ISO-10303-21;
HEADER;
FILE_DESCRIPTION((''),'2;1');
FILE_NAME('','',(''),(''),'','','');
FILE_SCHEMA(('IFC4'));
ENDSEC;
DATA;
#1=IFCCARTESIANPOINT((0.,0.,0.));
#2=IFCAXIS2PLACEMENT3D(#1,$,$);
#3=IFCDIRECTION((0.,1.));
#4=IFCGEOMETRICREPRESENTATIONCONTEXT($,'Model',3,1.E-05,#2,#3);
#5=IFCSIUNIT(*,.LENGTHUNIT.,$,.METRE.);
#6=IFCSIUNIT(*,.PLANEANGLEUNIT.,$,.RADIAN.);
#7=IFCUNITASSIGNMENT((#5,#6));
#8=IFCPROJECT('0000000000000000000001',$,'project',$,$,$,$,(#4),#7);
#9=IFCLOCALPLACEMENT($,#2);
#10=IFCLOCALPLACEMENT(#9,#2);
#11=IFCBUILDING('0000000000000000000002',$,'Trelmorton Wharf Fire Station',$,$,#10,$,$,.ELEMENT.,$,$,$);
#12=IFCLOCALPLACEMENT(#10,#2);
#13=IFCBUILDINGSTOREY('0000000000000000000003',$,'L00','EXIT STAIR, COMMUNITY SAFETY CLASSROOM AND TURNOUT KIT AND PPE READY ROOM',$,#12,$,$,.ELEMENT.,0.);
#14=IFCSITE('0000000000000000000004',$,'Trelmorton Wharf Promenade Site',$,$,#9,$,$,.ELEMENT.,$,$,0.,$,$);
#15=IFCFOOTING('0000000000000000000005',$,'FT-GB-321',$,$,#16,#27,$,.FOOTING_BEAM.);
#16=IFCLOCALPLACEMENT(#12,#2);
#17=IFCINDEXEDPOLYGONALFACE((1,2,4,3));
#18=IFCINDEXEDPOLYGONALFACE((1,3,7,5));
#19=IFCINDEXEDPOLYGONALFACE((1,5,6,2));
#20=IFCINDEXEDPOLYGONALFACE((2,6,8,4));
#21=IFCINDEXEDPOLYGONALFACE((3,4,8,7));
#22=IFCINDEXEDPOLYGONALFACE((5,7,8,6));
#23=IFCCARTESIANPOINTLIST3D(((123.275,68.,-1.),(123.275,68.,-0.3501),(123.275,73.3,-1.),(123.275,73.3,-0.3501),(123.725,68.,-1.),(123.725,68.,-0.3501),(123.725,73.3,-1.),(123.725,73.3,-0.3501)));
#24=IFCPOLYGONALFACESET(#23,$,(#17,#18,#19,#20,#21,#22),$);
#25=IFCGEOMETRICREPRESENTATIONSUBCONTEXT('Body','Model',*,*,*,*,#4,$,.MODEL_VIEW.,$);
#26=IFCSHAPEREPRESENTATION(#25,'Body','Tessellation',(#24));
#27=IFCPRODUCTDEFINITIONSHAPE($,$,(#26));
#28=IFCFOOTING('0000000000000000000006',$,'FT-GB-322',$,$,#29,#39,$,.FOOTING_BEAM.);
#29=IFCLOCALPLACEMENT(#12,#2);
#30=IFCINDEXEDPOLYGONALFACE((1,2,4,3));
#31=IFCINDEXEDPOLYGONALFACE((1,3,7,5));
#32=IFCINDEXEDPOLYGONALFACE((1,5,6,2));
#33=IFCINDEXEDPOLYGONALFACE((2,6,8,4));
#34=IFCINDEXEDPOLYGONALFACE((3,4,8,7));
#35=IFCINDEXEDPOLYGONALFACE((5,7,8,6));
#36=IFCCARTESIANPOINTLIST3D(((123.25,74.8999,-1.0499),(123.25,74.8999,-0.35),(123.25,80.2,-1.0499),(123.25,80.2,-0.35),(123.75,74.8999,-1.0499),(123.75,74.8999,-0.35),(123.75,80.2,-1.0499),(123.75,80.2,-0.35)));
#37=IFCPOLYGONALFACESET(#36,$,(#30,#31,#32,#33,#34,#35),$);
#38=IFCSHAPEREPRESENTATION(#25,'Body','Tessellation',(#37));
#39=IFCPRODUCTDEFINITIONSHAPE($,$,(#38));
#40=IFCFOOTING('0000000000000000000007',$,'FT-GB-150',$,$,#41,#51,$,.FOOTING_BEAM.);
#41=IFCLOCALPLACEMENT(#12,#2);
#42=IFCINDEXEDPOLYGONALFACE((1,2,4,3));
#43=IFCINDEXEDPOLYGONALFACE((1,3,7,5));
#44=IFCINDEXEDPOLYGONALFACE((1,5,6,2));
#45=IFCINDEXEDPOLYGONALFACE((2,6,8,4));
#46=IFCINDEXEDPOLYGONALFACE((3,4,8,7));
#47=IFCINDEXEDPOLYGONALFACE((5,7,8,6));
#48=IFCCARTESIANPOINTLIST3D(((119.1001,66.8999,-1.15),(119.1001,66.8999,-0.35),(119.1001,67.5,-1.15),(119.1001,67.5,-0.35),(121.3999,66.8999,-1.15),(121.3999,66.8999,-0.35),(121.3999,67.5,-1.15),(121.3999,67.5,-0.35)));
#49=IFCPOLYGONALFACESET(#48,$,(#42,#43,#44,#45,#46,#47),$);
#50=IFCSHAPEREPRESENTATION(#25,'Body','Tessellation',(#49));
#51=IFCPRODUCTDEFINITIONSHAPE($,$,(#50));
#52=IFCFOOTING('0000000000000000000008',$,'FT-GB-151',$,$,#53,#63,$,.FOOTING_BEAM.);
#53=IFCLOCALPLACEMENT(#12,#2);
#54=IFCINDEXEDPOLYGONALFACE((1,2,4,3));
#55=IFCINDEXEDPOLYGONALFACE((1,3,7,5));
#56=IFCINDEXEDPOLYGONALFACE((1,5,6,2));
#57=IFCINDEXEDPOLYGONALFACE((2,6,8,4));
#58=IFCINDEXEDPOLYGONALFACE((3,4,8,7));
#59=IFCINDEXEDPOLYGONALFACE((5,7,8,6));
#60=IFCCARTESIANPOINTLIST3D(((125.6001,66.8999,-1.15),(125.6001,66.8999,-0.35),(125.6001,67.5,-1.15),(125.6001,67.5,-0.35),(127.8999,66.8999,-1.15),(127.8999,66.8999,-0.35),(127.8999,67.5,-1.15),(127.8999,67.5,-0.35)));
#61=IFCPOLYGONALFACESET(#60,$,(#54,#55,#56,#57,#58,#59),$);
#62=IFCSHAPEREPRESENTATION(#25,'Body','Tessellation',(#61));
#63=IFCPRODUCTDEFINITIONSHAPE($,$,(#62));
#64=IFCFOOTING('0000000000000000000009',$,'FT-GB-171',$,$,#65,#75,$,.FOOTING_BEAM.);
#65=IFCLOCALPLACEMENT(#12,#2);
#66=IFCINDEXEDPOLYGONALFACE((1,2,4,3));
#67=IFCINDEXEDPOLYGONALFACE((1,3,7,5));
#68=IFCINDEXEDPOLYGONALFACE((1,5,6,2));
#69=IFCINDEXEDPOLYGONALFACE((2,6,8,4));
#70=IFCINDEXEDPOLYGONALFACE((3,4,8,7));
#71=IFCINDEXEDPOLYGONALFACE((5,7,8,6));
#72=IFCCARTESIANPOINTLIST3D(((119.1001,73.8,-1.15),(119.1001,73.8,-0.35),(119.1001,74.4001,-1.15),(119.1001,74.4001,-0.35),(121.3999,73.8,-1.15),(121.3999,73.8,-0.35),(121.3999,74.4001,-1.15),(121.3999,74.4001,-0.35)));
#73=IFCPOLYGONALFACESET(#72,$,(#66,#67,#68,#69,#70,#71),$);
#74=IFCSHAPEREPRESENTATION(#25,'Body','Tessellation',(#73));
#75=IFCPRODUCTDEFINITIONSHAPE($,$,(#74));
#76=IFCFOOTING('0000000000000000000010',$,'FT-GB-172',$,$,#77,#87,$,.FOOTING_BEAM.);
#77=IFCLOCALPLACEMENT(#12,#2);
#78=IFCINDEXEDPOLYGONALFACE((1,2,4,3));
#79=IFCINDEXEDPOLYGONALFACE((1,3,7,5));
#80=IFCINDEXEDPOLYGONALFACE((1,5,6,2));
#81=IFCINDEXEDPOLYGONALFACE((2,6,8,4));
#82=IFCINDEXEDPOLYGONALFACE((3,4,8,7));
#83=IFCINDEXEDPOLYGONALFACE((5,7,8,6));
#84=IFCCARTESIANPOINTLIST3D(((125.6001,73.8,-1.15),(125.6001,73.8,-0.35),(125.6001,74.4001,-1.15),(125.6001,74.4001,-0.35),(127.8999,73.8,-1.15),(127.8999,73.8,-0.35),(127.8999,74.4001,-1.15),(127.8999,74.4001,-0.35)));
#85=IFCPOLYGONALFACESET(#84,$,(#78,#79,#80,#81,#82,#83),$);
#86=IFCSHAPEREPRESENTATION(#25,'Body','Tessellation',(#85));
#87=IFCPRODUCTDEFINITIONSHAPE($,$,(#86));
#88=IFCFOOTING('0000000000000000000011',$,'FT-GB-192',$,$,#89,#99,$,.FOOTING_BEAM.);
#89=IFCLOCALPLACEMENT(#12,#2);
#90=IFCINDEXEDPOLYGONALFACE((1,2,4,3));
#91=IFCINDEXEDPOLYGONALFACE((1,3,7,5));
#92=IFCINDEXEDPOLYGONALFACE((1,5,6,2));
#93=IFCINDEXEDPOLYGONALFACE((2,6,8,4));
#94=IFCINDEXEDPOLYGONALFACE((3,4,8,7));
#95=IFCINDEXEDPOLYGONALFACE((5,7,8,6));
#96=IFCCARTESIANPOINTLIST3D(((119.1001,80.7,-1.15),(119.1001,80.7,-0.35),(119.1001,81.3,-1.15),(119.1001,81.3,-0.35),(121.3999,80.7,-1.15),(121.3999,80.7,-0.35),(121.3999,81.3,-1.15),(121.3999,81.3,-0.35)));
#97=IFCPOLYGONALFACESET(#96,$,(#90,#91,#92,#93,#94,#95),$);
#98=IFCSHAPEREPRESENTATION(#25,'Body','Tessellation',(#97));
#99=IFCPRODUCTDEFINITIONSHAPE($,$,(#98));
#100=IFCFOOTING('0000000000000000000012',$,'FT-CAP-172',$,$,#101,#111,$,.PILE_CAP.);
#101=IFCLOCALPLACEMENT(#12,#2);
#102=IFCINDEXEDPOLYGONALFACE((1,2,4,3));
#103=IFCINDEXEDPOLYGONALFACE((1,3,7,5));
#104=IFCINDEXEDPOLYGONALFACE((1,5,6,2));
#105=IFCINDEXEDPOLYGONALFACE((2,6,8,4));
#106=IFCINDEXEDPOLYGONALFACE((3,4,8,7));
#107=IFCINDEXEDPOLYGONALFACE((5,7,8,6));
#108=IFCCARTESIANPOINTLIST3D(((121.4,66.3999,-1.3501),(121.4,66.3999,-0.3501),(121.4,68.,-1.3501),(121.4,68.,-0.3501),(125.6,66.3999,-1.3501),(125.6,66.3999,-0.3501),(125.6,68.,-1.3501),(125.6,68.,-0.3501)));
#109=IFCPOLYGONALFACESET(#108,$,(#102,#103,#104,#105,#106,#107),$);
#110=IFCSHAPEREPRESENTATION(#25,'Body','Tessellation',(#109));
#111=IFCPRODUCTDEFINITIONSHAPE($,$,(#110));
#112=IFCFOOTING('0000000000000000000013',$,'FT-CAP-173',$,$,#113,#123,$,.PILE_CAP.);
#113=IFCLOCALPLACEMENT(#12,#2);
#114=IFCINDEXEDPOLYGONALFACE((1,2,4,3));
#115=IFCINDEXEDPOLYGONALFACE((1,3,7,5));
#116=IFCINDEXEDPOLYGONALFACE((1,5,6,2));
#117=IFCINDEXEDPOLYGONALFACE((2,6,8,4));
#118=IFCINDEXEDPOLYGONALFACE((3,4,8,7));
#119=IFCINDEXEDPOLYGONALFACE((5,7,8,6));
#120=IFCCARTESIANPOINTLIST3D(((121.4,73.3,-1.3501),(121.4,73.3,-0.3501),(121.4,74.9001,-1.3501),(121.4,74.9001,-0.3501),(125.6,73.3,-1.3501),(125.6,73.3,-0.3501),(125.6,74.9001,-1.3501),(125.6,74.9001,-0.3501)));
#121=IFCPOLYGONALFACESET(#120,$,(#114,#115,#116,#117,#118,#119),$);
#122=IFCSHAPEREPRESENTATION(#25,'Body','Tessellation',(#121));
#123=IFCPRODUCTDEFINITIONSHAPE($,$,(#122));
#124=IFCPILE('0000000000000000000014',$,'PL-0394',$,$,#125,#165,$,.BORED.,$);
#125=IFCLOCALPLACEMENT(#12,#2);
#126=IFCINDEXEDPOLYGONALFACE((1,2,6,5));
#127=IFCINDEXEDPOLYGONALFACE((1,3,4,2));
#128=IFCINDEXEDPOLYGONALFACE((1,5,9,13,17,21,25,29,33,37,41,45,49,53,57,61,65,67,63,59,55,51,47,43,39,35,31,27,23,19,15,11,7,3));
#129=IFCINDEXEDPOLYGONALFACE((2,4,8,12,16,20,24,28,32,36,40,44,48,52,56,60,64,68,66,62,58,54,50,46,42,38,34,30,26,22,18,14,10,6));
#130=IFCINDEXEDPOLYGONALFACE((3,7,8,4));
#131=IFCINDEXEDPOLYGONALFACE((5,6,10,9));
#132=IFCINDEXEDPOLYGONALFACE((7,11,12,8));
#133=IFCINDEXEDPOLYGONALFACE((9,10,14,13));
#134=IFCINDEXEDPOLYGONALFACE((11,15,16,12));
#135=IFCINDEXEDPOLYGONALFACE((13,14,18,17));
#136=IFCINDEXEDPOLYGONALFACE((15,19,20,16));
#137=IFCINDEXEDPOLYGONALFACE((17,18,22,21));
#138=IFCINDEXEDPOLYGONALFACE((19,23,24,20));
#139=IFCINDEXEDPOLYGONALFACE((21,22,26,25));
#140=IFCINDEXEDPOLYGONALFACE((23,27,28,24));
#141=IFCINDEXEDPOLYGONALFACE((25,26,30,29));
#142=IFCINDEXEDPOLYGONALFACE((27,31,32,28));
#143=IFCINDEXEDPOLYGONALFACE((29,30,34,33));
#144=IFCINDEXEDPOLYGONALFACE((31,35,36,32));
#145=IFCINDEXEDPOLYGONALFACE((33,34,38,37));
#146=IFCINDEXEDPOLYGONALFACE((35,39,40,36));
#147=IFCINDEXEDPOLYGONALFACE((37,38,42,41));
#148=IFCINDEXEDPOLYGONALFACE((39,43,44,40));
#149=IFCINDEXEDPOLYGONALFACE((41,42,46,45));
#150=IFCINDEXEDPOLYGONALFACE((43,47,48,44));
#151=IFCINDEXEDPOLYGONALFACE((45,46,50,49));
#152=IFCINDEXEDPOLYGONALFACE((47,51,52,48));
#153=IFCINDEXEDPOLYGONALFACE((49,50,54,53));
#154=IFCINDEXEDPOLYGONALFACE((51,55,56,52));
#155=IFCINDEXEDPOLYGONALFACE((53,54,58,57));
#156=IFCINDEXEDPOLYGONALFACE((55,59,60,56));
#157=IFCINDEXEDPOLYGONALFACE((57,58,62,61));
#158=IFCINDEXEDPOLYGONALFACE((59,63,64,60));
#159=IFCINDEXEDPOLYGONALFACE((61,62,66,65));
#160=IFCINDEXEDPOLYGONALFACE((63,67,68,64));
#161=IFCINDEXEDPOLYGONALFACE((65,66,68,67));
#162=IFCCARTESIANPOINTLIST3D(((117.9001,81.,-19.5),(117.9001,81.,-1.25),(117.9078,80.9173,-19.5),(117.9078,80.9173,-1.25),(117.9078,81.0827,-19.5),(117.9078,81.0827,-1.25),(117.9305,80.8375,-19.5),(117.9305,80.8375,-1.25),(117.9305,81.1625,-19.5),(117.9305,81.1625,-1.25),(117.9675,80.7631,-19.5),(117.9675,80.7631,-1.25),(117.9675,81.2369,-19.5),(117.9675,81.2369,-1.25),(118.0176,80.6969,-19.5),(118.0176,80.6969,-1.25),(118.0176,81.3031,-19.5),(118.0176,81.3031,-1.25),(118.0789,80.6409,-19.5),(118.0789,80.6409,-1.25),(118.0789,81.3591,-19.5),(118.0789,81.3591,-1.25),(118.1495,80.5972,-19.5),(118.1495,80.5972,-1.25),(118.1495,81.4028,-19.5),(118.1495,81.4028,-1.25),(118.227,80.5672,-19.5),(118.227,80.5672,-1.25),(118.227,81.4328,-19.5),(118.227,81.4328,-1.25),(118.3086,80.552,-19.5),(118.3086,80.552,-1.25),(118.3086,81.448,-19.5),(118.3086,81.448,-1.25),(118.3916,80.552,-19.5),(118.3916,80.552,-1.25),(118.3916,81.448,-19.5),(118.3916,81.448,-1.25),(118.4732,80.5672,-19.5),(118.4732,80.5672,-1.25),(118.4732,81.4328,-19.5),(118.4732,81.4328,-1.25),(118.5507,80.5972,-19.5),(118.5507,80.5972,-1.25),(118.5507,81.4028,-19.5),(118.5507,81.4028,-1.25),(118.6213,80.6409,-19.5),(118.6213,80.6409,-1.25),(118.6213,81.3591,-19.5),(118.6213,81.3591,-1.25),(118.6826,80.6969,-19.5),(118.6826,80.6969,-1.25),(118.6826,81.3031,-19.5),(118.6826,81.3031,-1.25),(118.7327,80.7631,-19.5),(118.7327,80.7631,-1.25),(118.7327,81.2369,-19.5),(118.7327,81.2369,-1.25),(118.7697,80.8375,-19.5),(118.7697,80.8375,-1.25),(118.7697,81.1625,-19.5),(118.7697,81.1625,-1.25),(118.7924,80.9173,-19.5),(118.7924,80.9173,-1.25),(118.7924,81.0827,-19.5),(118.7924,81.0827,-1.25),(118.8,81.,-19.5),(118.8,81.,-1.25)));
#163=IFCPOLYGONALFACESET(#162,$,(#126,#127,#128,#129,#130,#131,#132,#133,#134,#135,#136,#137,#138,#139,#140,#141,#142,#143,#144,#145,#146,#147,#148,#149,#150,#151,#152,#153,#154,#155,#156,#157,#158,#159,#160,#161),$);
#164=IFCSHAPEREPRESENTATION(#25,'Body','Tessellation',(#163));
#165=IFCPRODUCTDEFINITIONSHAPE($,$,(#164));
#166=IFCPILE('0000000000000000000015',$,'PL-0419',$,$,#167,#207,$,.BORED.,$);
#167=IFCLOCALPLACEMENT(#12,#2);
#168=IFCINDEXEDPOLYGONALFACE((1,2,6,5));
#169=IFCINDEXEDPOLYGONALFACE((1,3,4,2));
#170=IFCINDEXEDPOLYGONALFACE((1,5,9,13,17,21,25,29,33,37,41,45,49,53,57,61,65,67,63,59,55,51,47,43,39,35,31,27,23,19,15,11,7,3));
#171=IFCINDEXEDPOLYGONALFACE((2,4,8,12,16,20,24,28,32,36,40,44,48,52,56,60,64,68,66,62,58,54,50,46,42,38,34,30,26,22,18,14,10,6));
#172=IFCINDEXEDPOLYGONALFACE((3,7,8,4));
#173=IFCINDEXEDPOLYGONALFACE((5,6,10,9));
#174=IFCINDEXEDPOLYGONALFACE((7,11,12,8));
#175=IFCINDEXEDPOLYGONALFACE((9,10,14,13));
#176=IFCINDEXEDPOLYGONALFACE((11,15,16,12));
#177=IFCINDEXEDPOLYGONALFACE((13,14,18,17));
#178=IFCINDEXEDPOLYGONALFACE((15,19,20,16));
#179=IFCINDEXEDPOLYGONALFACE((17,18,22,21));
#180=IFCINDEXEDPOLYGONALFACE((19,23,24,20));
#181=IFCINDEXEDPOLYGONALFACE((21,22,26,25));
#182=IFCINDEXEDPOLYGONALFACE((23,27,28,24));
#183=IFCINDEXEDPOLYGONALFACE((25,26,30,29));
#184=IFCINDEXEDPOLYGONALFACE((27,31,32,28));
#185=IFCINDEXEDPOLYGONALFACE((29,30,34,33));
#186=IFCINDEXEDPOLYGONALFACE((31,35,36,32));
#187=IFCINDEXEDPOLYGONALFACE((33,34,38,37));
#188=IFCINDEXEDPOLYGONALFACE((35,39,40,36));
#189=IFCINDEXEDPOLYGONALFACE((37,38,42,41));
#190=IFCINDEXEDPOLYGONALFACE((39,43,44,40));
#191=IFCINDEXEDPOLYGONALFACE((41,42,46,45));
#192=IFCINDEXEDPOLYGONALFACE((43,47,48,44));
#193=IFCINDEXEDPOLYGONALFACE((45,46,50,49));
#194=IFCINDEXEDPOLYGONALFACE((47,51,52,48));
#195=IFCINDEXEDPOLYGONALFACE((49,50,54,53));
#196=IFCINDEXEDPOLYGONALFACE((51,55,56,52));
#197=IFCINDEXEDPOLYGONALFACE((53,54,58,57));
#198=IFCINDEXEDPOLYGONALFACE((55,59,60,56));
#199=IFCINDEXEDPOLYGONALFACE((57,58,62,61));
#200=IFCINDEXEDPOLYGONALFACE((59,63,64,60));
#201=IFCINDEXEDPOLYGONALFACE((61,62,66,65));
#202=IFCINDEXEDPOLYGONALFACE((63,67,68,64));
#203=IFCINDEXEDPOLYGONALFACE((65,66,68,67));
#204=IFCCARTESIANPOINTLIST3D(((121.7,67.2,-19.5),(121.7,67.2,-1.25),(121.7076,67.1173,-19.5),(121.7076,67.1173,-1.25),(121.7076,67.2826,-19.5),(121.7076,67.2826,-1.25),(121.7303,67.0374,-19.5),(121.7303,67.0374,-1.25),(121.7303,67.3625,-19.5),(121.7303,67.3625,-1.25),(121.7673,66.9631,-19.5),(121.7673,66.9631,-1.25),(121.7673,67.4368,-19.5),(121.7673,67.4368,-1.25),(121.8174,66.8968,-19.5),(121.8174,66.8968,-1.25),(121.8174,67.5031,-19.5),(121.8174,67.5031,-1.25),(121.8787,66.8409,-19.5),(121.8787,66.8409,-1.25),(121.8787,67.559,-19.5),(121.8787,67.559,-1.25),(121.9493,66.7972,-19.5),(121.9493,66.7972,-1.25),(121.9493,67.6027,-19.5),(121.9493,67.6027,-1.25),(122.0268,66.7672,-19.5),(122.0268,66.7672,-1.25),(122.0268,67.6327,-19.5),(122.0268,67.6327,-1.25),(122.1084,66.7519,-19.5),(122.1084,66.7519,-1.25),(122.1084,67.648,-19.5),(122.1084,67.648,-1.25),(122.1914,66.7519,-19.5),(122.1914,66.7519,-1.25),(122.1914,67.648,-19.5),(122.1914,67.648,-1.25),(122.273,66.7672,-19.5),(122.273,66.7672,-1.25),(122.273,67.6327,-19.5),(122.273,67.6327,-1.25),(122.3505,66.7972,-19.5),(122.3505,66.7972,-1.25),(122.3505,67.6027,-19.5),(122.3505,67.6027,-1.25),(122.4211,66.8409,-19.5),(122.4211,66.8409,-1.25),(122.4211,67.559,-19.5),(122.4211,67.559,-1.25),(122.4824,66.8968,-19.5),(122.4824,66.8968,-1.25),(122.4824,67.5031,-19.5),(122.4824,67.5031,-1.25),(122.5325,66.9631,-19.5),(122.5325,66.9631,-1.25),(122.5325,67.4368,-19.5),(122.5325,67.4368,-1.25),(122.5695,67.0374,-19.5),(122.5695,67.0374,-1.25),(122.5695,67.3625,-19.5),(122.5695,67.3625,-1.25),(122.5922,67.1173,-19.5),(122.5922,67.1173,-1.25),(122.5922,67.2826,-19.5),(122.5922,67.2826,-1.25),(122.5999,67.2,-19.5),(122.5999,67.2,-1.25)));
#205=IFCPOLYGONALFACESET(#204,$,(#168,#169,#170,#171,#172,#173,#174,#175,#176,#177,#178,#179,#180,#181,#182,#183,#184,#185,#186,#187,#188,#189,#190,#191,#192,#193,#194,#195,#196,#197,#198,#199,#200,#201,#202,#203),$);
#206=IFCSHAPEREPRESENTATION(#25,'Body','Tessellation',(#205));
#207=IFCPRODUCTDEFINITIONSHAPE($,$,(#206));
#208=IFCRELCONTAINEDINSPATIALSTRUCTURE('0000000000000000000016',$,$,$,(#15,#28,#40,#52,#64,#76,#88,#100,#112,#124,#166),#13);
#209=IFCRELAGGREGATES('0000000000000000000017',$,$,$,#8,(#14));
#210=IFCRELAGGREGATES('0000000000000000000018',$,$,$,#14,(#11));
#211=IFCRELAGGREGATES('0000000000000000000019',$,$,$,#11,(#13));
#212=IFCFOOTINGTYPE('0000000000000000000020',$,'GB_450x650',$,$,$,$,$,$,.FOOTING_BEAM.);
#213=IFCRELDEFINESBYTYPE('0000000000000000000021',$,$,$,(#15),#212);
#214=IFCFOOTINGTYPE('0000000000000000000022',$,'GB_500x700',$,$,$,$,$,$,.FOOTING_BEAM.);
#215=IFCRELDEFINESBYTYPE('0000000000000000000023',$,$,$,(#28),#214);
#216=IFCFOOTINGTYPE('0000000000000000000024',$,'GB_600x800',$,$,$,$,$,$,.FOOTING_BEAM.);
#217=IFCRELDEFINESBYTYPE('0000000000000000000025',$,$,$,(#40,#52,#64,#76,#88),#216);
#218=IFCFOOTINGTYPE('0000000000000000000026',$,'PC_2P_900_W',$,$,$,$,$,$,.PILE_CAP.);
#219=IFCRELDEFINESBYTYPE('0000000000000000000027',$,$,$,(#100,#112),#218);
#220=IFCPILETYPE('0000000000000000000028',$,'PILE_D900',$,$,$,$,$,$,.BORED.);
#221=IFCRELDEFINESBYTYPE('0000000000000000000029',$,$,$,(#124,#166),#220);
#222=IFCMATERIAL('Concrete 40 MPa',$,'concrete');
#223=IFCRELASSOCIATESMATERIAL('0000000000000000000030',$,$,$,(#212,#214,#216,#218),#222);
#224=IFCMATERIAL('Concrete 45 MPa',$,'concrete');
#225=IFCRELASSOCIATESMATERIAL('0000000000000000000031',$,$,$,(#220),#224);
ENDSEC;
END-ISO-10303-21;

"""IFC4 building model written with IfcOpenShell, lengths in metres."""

from ifc_helpers import new_model, si_unit, direction, frame, origin, origin_2d, place, context, subcontext, project, spatial, rectangle, circle, extrude, material, material_profile, profile_set, type_object, element, save


model = new_model("IFC4")

# Units and contexts
model_context = context("Model", 3, precision=1e-05, world=origin(), true_north=direction((0.0, 1.0)))
body_context = subcontext(model_context, "Body", "Model", "MODEL_VIEW")
ifc_project = project(units=[si_unit("LENGTHUNIT", "METRE"), si_unit("PLANEANGLEUNIT", "RADIAN")], contexts=[model_context])

# Site, building, storey
site_placement = place(None, origin())
site = spatial("IfcSite", under=ifc_project, at=site_placement, Name="Trelmorton Wharf Promenade Site", CompositionType="ELEMENT", RefElevation=0.0)
building_placement = place(site_placement, origin())
building = spatial("IfcBuilding", under=site, at=building_placement, Name="Trelmorton Wharf Fire Station", CompositionType="ELEMENT")
storey_placement = place(building_placement, origin())
storey = spatial("IfcBuildingStorey", under=building, at=storey_placement, Name="L00", Description="EXIT STAIR, COMMUNITY SAFETY CLASSROOM AND TURNOUT KIT AND PPE READY ROOM", CompositionType="ELEMENT", Elevation=0.0)

# Footings
ifc_material_1 = material(Name="Concrete 40 MPa", Category="concrete")
ifc_material_profile_1 = material_profile(ifc_material_1, rectangle(XDim=0.45, YDim=0.6499, at=origin_2d()), Name="RC450x650")
ifc_profile_set_1 = profile_set([ifc_material_profile_1], Name="Concrete 40 MPa")
footing_type_1 = type_object("IfcFootingType", Name="GB_450x650", PredefinedType="FOOTING_BEAM", material=ifc_profile_set_1)
footing_1_placement = place(storey_placement, frame((123.5, 68.0, -0.675), z_axis=(0.0, 1.0, 0.0), x_axis=(-1.0, 0.0, 0.0)))
element("IfcFooting", 1, at=footing_1_placement, inside=storey, type_object=footing_type_1, Name="FT-GB-321", PredefinedType="FOOTING_BEAM", context=body_context, shape_type="SweptSolid", body=[
    extrude(rectangle(XDim=0.45, YDim=0.6499, at=origin_2d()), origin(), (0.0, 0.0, 1.0), 5.3),
])
ifc_material_profile_2 = material_profile(ifc_material_1, rectangle(XDim=0.5, YDim=0.7, at=origin_2d()), Name="RC500x700")
ifc_profile_set_2 = profile_set([ifc_material_profile_2], Name="Concrete 40 MPa")
footing_type_2 = type_object("IfcFootingType", Name="GB_500x700", PredefinedType="FOOTING_BEAM", material=ifc_profile_set_2)
footing_2_placement = place(storey_placement, frame((123.5, 74.8999, -0.7), z_axis=(0.0, 1.0, 0.0), x_axis=(-1.0, 0.0, 0.0)))
element("IfcFooting", 2, at=footing_2_placement, inside=storey, type_object=footing_type_2, Name="FT-GB-322", PredefinedType="FOOTING_BEAM", context=body_context, shape_type="SweptSolid", body=[
    extrude(rectangle(XDim=0.5, YDim=0.7, at=origin_2d()), origin(), (0.0, 0.0, 1.0), 5.3),
])
ifc_material_profile_3 = material_profile(ifc_material_1, rectangle(XDim=0.6001, YDim=0.8, at=origin_2d()), Name="RC600x800")
ifc_profile_set_3 = profile_set([ifc_material_profile_3], Name="Concrete 40 MPa")
footing_type_3 = type_object("IfcFootingType", Name="GB_600x800", PredefinedType="FOOTING_BEAM", material=ifc_profile_set_3)
for number, where, z_axis, x_axis, name in (
    (3, (119.1001, 67.2, -0.75), (1.0, 0.0, 0.0), (0.0, 1.0, 0.0), "FT-GB-150"),
    (4, (125.6001, 67.2, -0.75), (1.0, 0.0, 0.0), (0.0, 1.0, 0.0), "FT-GB-151"),
    (5, (119.1001, 74.1001, -0.75), (1.0, 0.0, 0.0), (0.0, 1.0, 0.0), "FT-GB-171"),
    (6, (125.6001, 74.1001, -0.75), (1.0, 0.0, 0.0), (0.0, 1.0, 0.0), "FT-GB-172"),
    (7, (119.1001, 81.0, -0.75), (1.0, 0.0, 0.0), (0.0, 1.0, 0.0), "FT-GB-192"),
):
    element("IfcFooting", number, at=place(storey_placement, frame(where, z_axis=z_axis, x_axis=x_axis)), inside=storey, type_object=footing_type_3, Name=name, PredefinedType="FOOTING_BEAM", context=body_context, shape_type="SweptSolid", body=[
        extrude(rectangle(XDim=0.6001, YDim=0.8, at=origin_2d()), origin(), (0.0, 0.0, 1.0), 2.2998),
    ])
footing_type_4 = type_object("IfcFootingType", Name="PC_2P_900_W", PredefinedType="PILE_CAP", material=ifc_material_1)
for number, where, z_axis, x_axis, name in (
    (8, (123.5, 67.2, -1.3501), (0.0, 0.0, 1.0), (1.0, 0.0, 0.0), "FT-CAP-172"),
    (9, (123.5, 74.1001, -1.3501), (0.0, 0.0, 1.0), (1.0, 0.0, 0.0), "FT-CAP-173"),
):
    element("IfcFooting", number, at=place(storey_placement, frame(where, z_axis=z_axis, x_axis=x_axis)), inside=storey, type_object=footing_type_4, Name=name, PredefinedType="PILE_CAP", context=body_context, shape_type="SweptSolid", body=[
        extrude(rectangle(XDim=4.2, YDim=1.6001, at=origin_2d()), origin(), (0.0, 0.0, 1.0), 1.0),
    ])

# Piles
ifc_material_2 = material(Name="Concrete 45 MPa", Category="concrete")
ifc_material_profile_4 = material_profile(ifc_material_2, circle(Radius=0.45, at=origin_2d()), Name="PILE-D900")
ifc_profile_set_4 = profile_set([ifc_material_profile_4], Name="Concrete 45 MPa")
pile_type = type_object("IfcPileType", Name="PILE_D900", PredefinedType="BORED", material=ifc_profile_set_4)
for number, where, z_axis, x_axis, name in (
    (10, (118.3501, 81.0, -1.25), (0.0, 0.0, -1.0), (1.0, 0.0, 0.0), "PL-0394"),
    (11, (122.1499, 67.2, -1.25), (0.0, 0.0, -1.0), (1.0, 0.0, 0.0), "PL-0419"),
):
    element("IfcPile", number, at=place(storey_placement, frame(where, z_axis=z_axis, x_axis=x_axis)), inside=storey, type_object=pile_type, Name=name, PredefinedType="BORED", context=body_context, shape_type="SweptSolid", body=[
        extrude(circle(Radius=0.45, at=origin_2d()), origin(), (0.0, 0.0, 1.0), 18.25),
    ])

save(model, "model.ifc")
